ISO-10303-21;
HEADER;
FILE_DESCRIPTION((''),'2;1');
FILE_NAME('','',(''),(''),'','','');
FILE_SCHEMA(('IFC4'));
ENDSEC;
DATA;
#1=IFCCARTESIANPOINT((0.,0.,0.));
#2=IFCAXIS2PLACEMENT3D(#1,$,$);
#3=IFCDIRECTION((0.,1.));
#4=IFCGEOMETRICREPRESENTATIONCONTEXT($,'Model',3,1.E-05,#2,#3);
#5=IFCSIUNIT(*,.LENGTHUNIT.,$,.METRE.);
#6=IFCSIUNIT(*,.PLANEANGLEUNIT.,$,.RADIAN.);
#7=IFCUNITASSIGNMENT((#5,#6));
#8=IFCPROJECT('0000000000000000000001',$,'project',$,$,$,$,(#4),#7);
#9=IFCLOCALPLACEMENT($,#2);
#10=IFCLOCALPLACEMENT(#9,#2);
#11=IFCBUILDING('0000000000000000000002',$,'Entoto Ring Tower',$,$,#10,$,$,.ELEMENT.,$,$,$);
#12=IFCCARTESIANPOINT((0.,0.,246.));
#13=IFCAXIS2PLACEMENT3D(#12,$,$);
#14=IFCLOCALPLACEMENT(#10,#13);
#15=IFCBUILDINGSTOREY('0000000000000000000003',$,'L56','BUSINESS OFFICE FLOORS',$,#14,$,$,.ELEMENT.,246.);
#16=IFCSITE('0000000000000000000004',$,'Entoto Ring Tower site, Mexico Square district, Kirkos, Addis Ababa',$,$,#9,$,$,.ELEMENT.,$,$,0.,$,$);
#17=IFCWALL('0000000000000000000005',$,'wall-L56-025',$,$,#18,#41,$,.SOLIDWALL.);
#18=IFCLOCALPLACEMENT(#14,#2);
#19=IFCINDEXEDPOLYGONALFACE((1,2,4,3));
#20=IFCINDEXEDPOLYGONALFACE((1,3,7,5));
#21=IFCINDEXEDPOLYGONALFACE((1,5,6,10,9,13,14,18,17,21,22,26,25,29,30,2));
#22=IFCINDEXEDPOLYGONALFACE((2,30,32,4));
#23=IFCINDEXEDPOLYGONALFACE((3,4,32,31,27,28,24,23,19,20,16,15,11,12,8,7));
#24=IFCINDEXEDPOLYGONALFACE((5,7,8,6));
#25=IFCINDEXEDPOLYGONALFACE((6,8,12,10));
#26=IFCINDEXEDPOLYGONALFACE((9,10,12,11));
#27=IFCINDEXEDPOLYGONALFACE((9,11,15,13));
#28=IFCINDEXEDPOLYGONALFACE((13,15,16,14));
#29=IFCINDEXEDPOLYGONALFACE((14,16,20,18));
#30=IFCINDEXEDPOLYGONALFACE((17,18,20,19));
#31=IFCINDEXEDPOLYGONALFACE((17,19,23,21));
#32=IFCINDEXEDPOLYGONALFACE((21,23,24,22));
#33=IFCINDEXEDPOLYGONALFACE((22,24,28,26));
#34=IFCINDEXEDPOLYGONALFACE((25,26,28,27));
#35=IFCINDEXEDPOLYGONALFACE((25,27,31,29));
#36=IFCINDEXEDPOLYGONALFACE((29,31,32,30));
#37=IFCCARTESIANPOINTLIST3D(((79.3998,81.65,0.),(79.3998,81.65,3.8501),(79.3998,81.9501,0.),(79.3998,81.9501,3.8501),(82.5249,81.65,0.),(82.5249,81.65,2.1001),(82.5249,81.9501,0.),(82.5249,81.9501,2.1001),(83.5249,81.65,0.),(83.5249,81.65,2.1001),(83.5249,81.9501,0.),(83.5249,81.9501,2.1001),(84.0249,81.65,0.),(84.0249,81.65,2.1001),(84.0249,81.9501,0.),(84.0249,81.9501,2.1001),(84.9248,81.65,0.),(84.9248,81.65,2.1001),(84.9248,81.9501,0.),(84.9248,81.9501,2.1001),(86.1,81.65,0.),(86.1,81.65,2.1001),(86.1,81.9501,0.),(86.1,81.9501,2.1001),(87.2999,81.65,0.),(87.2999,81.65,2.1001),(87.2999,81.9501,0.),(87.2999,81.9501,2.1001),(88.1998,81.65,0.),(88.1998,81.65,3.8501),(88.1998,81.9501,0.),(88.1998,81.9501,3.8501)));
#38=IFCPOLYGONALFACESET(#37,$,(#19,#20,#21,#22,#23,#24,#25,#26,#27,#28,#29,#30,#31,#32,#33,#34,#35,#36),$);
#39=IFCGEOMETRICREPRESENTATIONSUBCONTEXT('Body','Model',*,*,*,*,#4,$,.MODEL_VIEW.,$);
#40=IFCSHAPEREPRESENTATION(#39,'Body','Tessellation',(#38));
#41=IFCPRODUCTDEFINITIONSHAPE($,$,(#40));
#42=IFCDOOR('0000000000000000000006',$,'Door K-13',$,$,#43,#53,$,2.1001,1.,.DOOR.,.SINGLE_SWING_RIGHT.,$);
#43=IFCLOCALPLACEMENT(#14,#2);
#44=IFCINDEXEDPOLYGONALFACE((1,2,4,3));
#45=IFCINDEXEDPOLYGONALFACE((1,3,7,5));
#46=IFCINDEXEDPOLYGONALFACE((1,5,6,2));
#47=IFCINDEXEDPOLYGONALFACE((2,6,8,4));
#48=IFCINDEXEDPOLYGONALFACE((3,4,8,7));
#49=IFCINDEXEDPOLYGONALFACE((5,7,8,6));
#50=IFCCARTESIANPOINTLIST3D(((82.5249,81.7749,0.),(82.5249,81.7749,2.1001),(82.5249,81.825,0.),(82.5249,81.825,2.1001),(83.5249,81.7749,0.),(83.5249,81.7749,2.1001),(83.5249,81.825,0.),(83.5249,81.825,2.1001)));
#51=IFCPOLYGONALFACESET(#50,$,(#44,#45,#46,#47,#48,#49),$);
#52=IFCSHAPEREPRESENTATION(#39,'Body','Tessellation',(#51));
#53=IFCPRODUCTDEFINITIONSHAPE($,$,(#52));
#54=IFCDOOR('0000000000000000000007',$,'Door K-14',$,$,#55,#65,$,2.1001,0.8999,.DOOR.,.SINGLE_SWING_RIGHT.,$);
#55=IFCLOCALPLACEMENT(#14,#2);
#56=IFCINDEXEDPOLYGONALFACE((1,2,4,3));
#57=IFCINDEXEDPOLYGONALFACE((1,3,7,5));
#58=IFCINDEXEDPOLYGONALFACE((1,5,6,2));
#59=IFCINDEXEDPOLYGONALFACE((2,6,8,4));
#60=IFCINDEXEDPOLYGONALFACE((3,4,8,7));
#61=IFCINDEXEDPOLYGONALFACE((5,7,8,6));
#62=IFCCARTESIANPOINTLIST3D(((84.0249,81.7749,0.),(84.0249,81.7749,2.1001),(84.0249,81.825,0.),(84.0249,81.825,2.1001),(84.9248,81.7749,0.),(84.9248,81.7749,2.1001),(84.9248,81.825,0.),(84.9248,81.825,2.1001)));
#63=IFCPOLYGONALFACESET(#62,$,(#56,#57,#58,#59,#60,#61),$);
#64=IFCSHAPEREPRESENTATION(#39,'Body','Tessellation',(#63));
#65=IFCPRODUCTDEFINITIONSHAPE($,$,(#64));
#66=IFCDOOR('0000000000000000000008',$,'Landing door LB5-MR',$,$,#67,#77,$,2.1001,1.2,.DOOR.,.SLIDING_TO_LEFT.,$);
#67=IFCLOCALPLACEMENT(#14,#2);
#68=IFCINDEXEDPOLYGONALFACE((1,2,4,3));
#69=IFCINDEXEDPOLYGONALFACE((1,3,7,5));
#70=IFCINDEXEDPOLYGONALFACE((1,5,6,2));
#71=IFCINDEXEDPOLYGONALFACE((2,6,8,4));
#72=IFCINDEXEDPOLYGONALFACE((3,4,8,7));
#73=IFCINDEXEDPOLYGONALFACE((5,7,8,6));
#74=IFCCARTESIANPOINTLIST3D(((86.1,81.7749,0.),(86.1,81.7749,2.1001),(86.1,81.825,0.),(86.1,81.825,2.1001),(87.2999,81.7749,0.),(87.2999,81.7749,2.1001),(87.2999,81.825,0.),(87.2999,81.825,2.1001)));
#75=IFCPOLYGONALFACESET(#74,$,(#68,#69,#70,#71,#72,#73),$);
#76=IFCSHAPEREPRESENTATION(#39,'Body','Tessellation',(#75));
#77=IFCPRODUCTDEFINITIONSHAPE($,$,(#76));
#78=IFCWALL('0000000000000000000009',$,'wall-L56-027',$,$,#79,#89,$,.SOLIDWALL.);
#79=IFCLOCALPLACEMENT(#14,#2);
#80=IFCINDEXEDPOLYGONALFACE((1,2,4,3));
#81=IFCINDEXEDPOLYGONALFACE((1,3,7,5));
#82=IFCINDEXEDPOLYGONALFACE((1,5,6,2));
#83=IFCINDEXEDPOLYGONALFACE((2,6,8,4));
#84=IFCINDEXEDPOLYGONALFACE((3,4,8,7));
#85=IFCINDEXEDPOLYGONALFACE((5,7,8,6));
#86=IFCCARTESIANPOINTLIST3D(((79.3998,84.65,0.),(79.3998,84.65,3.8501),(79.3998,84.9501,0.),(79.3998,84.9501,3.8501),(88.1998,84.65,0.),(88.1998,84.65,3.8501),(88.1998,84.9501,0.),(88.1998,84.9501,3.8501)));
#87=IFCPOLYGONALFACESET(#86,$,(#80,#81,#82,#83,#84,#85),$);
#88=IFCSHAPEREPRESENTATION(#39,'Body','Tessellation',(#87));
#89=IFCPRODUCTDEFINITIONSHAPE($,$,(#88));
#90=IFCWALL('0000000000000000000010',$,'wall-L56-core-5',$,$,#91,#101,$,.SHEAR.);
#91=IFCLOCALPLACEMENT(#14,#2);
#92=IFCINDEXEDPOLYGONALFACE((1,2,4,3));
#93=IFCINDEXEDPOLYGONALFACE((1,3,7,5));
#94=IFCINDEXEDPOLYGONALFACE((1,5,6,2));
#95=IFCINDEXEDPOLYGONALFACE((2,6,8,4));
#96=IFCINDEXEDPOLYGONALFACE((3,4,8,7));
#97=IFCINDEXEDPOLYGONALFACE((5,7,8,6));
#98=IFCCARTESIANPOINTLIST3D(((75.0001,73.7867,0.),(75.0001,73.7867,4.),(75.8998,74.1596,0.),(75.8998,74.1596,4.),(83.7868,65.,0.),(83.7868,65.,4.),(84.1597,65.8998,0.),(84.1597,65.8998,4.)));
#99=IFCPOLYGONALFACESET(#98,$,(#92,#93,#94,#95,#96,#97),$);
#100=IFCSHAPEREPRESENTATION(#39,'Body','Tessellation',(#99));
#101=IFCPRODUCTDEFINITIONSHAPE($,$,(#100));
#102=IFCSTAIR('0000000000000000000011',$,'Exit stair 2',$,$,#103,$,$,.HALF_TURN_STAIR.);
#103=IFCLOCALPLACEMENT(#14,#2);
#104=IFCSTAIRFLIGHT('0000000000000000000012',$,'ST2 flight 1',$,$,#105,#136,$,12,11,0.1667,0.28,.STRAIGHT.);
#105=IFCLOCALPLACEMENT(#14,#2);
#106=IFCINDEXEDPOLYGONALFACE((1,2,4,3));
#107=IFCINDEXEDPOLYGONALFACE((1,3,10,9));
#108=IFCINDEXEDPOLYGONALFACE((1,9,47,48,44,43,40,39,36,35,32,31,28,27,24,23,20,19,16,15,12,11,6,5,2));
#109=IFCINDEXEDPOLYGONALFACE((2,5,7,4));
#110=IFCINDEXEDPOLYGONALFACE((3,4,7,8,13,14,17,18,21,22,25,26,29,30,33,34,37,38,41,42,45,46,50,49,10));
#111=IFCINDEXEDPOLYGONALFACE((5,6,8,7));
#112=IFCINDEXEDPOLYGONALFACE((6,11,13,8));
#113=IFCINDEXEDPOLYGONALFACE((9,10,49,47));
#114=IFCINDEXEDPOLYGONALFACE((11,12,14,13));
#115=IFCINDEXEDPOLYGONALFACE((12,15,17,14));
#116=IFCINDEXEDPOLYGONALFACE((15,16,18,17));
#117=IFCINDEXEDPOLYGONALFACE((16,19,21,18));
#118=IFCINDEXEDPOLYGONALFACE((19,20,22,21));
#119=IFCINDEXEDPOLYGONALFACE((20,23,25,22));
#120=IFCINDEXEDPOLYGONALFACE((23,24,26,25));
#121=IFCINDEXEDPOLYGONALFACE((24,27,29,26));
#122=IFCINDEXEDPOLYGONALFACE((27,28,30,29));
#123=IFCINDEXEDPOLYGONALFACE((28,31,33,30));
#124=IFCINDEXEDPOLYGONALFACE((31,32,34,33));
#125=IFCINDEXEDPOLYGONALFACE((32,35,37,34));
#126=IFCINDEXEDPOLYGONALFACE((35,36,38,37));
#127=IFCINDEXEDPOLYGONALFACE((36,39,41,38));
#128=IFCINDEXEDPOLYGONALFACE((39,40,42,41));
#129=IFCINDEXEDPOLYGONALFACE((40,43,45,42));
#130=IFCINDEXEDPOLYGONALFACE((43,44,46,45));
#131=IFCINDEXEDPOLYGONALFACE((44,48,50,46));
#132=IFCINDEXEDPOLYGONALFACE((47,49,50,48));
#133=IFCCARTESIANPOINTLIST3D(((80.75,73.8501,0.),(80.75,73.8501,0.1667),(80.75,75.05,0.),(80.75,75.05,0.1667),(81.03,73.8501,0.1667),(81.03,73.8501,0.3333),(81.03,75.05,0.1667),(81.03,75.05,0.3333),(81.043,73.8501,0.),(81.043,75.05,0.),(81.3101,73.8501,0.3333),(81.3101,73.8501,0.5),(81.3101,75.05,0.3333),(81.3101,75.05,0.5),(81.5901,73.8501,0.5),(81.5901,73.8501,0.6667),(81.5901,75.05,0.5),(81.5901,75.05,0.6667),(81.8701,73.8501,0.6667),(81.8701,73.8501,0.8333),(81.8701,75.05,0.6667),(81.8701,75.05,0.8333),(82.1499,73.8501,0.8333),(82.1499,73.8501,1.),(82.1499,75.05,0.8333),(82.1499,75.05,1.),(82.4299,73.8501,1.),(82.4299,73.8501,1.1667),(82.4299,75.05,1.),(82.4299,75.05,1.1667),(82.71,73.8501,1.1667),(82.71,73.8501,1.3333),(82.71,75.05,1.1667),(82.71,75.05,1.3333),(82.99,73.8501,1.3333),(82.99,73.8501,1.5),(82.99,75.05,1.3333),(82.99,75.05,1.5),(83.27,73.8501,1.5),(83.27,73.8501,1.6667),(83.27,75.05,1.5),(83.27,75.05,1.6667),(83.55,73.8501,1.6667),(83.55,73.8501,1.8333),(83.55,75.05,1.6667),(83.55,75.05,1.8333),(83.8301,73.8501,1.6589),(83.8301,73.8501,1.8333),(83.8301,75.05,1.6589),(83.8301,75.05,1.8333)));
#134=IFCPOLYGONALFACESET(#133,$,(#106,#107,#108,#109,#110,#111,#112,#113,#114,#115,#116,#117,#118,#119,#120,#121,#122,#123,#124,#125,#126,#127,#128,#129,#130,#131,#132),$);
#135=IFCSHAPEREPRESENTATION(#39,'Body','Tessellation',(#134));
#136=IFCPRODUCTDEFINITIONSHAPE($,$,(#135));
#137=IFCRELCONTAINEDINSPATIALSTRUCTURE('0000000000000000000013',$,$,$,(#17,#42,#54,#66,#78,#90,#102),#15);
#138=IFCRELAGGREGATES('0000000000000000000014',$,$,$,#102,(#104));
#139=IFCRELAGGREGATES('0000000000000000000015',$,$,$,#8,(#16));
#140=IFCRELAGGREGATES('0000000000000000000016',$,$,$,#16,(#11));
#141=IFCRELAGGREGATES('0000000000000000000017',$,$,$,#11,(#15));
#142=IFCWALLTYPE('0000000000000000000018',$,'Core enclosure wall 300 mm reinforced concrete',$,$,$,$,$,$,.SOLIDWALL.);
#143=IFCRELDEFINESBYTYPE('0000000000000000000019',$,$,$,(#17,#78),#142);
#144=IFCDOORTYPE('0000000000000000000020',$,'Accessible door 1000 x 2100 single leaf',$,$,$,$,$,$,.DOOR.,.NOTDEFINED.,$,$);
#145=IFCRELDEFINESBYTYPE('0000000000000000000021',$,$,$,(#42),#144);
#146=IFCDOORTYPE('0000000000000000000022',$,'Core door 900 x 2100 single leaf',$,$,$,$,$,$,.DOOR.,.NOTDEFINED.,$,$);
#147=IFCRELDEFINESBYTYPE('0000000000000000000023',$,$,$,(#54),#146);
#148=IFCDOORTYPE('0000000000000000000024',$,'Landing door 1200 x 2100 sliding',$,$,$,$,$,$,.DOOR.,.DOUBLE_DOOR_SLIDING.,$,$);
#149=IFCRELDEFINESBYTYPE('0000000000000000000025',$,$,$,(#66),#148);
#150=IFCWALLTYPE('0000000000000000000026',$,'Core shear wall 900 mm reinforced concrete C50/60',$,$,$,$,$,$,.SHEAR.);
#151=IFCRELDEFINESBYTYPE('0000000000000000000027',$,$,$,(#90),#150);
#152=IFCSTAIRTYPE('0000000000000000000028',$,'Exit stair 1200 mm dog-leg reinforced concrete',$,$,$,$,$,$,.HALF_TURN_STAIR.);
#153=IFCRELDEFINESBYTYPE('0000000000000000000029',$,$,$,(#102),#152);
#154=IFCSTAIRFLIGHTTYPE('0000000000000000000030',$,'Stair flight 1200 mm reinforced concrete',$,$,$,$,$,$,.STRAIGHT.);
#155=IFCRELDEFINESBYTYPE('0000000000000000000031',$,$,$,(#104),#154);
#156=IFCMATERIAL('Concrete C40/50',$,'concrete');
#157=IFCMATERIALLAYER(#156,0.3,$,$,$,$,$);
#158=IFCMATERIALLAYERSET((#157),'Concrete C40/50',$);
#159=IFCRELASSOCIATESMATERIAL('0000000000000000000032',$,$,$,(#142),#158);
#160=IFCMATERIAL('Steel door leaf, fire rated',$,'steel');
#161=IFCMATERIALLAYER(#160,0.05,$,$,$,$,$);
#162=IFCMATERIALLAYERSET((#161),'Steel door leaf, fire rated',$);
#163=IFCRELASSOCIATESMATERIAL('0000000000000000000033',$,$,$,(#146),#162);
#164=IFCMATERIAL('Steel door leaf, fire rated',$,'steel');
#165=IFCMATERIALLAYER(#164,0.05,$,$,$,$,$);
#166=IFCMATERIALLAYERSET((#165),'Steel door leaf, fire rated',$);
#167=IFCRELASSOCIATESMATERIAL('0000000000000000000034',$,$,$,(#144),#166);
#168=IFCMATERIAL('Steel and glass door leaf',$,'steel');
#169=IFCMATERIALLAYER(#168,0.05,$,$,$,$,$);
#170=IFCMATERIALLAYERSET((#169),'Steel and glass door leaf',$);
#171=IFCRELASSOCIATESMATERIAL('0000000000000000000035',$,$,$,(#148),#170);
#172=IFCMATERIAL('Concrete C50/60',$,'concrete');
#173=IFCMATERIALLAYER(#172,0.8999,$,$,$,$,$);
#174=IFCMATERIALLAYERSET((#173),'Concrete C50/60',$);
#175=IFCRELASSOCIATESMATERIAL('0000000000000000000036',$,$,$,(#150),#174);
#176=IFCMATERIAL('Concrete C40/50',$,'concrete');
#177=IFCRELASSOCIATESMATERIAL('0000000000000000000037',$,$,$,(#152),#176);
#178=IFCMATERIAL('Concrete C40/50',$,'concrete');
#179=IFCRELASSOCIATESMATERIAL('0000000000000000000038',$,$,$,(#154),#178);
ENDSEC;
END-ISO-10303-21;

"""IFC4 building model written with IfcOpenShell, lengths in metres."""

from ifc_helpers import new_model, si_unit, direction, frame, frame_2d, origin, place, context, subcontext, project, spatial, polyline, rectangle, outline, extrude, material, layer, layer_set, type_object, element, fill, aggregate, save


model = new_model("IFC4")

# Units and contexts
model_context = context("Model", 3, precision=1e-05, world=origin(), true_north=direction((0.0, 1.0)))
body_context = subcontext(model_context, "Body", "Model", "MODEL_VIEW")
ifc_project = project(units=[si_unit("LENGTHUNIT", "METRE"), si_unit("PLANEANGLEUNIT", "RADIAN")], contexts=[model_context])

# Site, building, storey
site_placement = place(None, origin())
site = spatial("IfcSite", under=ifc_project, at=site_placement, Name="Entoto Ring Tower site, Mexico Square district, Kirkos, Addis Ababa", CompositionType="ELEMENT", RefElevation=0.0)
building_placement = place(site_placement, origin())
building = spatial("IfcBuilding", under=site, at=building_placement, Name="Entoto Ring Tower", CompositionType="ELEMENT")
storey_placement = place(building_placement, frame((0.0, 0.0, 246.0)))
storey = spatial("IfcBuildingStorey", under=building, at=storey_placement, Name="L56", Description="BUSINESS OFFICE FLOORS", CompositionType="ELEMENT", Elevation=246.0)

# Shared definitions
ifc_material_1 = material(Name="Concrete C40/50", Category="concrete")
ifc_layer_1 = layer(ifc_material_1, 0.3)
ifc_layer_set_1 = layer_set([ifc_layer_1], Name="Concrete C40/50")
wall_type_1 = type_object("IfcWallType", Name="Core enclosure wall 300 mm reinforced concrete", PredefinedType="SOLIDWALL", material=ifc_layer_set_1)

# Wall, openings, doors
ifc_material_2 = material(Name="Steel door leaf, fire rated", Category="steel")
ifc_layer_2 = layer(ifc_material_2, 0.05)
ifc_layer_set_2 = layer_set([ifc_layer_2], Name="Steel door leaf, fire rated")
door_type_1 = type_object("IfcDoorType", Name="Core door 900 x 2100 single leaf", OperationType="NOTDEFINED", PredefinedType="DOOR", material=ifc_layer_set_2)
wall_1_placement = place(storey_placement, frame((79.3999, 81.8, 0.0), z_axis=(0.0, 0.0, 1.0), x_axis=(1.0, 0.0, 0.0)))
wall_1 = element("IfcWall", 1, at=wall_1_placement, inside=storey, type_object=wall_type_1, Name="wall-L56-025", PredefinedType="SOLIDWALL", context=body_context, shape_type="SweptSolid", body=[
    extrude(rectangle(XDim=8.8, YDim=0.3, at=frame_2d((4.3999, 0.0))), origin(), (0.0, 0.0, 1.0), 3.8501),
])
opening_1_placement = place(wall_1_placement, frame((6.7, 0.0, 0.0)))
opening_1 = element("IfcOpeningElement", 2, at=opening_1_placement, cuts=wall_1, PredefinedType="OPENING", context=body_context, shape_type="SweptSolid", body=[
    extrude(rectangle(XDim=1.2, YDim=2.1001, at=frame_2d((0.6001, 1.05))), frame((0.0, 0.1602, 0.0), z_axis=(0.0, -1.0, 0.0), x_axis=(1.0, 0.0, 0.0)), (0.0, 0.0, 1.0), 0.3201),
])
opening_2_placement = place(wall_1_placement, frame((3.125, 0.0, 0.0)))
opening_2 = element("IfcOpeningElement", 3, at=opening_2_placement, cuts=wall_1, PredefinedType="OPENING", context=body_context, shape_type="SweptSolid", body=[
    extrude(rectangle(XDim=1.0, YDim=2.1001, at=frame_2d((0.5, 1.05))), frame((0.0, 0.1602, 0.0), z_axis=(0.0, -1.0, 0.0), x_axis=(1.0, 0.0, 0.0)), (0.0, 0.0, 1.0), 0.3201),
])
opening_3_placement = place(wall_1_placement, frame((4.625, 0.0, 0.0)))
opening_3 = element("IfcOpeningElement", 4, at=opening_3_placement, cuts=wall_1, PredefinedType="OPENING", context=body_context, shape_type="SweptSolid", body=[
    extrude(rectangle(XDim=0.8999, YDim=2.1001, at=frame_2d((0.45, 1.05))), frame((0.0, 0.1602, 0.0), z_axis=(0.0, -1.0, 0.0), x_axis=(1.0, 0.0, 0.0)), (0.0, 0.0, 1.0), 0.3201),
])
ifc_material_3 = material(Name="Steel door leaf, fire rated", Category="steel")
ifc_layer_3 = layer(ifc_material_3, 0.05)
ifc_layer_set_3 = layer_set([ifc_layer_3], Name="Steel door leaf, fire rated")
door_type_2 = type_object("IfcDoorType", Name="Accessible door 1000 x 2100 single leaf", OperationType="NOTDEFINED", PredefinedType="DOOR", material=ifc_layer_set_3)
door_1_placement = place(opening_2_placement, origin())
door_1 = element("IfcDoor", 5, at=door_1_placement, inside=storey, type_object=door_type_2, Name="Door K-13", OperationType="SINGLE_SWING_RIGHT", OverallHeight=2.1001, OverallWidth=1.0, PredefinedType="DOOR", context=body_context, shape_type="SweptSolid", body=[
    extrude(rectangle(XDim=1.0, YDim=2.1001, at=frame_2d((0.5, 1.05))), frame((0.0, 0.0249, 0.0), z_axis=(0.0, -1.0, 0.0), x_axis=(1.0, 0.0, 0.0)), (0.0, 0.0, 1.0), 0.05),
])
fill(opening_2, door_1)
door_2_placement = place(opening_3_placement, origin())
door_2 = element("IfcDoor", 6, at=door_2_placement, inside=storey, type_object=door_type_1, Name="Door K-14", OperationType="SINGLE_SWING_RIGHT", OverallHeight=2.1001, OverallWidth=0.8999, PredefinedType="DOOR", context=body_context, shape_type="SweptSolid", body=[
    extrude(rectangle(XDim=0.8999, YDim=2.1001, at=frame_2d((0.45, 1.05))), frame((0.0, 0.0249, 0.0), z_axis=(0.0, -1.0, 0.0), x_axis=(1.0, 0.0, 0.0)), (0.0, 0.0, 1.0), 0.05),
])
fill(opening_3, door_2)
ifc_material_4 = material(Name="Steel and glass door leaf", Category="steel")
ifc_layer_4 = layer(ifc_material_4, 0.05)
ifc_layer_set_4 = layer_set([ifc_layer_4], Name="Steel and glass door leaf")
door_type_3 = type_object("IfcDoorType", Name="Landing door 1200 x 2100 sliding", OperationType="DOUBLE_DOOR_SLIDING", PredefinedType="DOOR", material=ifc_layer_set_4)
door_3_placement = place(opening_1_placement, origin())
door_3 = element("IfcDoor", 7, at=door_3_placement, inside=storey, type_object=door_type_3, Name="Landing door LB5-MR", OperationType="SLIDING_TO_LEFT", OverallHeight=2.1001, OverallWidth=1.2, PredefinedType="DOOR", context=body_context, shape_type="SweptSolid", body=[
    extrude(rectangle(XDim=1.2, YDim=2.1001, at=frame_2d((0.6001, 1.05))), frame((0.0, 0.0249, 0.0), z_axis=(0.0, -1.0, 0.0), x_axis=(1.0, 0.0, 0.0)), (0.0, 0.0, 1.0), 0.05),
])
fill(opening_1, door_3)

# Walls
wall_2_placement = place(storey_placement, frame((79.3999, 84.8, 0.0), z_axis=(0.0, 0.0, 1.0), x_axis=(1.0, 0.0, 0.0)))
element("IfcWall", 8, at=wall_2_placement, inside=storey, type_object=wall_type_1, Name="wall-L56-027", PredefinedType="SOLIDWALL", context=body_context, shape_type="SweptSolid", body=[
    extrude(rectangle(XDim=8.8, YDim=0.3, at=frame_2d((4.3999, 0.0))), origin(), (0.0, 0.0, 1.0), 3.8501),
])
ifc_material_5 = material(Name="Concrete C50/60", Category="concrete")
ifc_layer_5 = layer(ifc_material_5, 0.8999)
ifc_layer_set_5 = layer_set([ifc_layer_5], Name="Concrete C50/60")
wall_type_2 = type_object("IfcWallType", Name="Core shear wall 900 mm reinforced concrete C50/60", PredefinedType="SHEAR", material=ifc_layer_set_5)
wall_3_placement = place(storey_placement, frame((75.45, 73.9731, 0.0), z_axis=(0.0, 0.0, 1.0), x_axis=(0.707107, -0.707107, 0.0)))
element("IfcWall", 9, at=wall_3_placement, inside=storey, type_object=wall_type_2, Name="wall-L56-core-5", PredefinedType="SHEAR", context=body_context, shape_type="SweptSolid", body=[
    extrude(outline(polyline([(-0.1863, -0.45), (12.24, -0.45), (11.8674, 0.45), (0.1863, 0.45), (-0.1863, -0.45)])), origin(), (0.0, 0.0, 1.0), 4.0),
])

# Stair, stair flight
ifc_material_6 = material(Name="Concrete C40/50", Category="concrete")
stair_type = type_object("IfcStairType", Name="Exit stair 1200 mm dog-leg reinforced concrete", PredefinedType="HALF_TURN_STAIR", material=ifc_material_6)
stair_placement = place(storey_placement, origin())
stair = element("IfcStair", 10, at=stair_placement, inside=storey, type_object=stair_type, Name="Exit stair 2", PredefinedType="HALF_TURN_STAIR")
ifc_material_7 = material(Name="Concrete C40/50", Category="concrete")
stair_flight_type = type_object("IfcStairFlightType", Name="Stair flight 1200 mm reinforced concrete", PredefinedType="STRAIGHT", material=ifc_material_7)
stair_flight_1_placement = place(storey_placement, frame((80.75, 74.45, 0.0), z_axis=(0.0, 0.0, 1.0), x_axis=(1.0, 0.0, 0.0)))
stair_flight_1 = element("IfcStairFlight", 11, at=stair_flight_1_placement, type_object=stair_flight_type, Name="ST2 flight 1", NumberOfRisers=12, NumberOfTreads=11, PredefinedType="STRAIGHT", RiserHeight=0.1667, TreadLength=0.28, context=body_context, shape_type="SweptSolid", body=[
    extrude(outline(polyline([(0.0, 0.0), (0.0, 0.1667), (0.28, 0.1667), (0.28, 0.3333), (0.5601, 0.3333), (0.5601, 0.5), (0.8401, 0.5), (0.8401, 0.6667), (1.1201, 0.6667), (1.1201, 0.8333), (1.3999, 0.8333), (1.3999, 1.0), (1.6799, 1.0), (1.6799, 1.1667), (1.96, 1.1667), (1.96, 1.3333), (2.24, 1.3333), (2.24, 1.5), (2.52, 1.5), (2.52, 1.6667), (2.8, 1.6667), (2.8, 1.8333), (3.0801, 1.8333), (3.0801, 2.0), (3.0801, 1.6589), (0.293, 0.0), (0.0, 0.0)])), frame((0.0, 0.6001, 0.0), z_axis=(0.0, -1.0, 0.0), x_axis=(1.0, 0.0, 0.0)), (0.0, 0.0, 1.0), 1.2),
])
aggregate(stair, [stair_flight_1])

save(model, "model.ifc")
